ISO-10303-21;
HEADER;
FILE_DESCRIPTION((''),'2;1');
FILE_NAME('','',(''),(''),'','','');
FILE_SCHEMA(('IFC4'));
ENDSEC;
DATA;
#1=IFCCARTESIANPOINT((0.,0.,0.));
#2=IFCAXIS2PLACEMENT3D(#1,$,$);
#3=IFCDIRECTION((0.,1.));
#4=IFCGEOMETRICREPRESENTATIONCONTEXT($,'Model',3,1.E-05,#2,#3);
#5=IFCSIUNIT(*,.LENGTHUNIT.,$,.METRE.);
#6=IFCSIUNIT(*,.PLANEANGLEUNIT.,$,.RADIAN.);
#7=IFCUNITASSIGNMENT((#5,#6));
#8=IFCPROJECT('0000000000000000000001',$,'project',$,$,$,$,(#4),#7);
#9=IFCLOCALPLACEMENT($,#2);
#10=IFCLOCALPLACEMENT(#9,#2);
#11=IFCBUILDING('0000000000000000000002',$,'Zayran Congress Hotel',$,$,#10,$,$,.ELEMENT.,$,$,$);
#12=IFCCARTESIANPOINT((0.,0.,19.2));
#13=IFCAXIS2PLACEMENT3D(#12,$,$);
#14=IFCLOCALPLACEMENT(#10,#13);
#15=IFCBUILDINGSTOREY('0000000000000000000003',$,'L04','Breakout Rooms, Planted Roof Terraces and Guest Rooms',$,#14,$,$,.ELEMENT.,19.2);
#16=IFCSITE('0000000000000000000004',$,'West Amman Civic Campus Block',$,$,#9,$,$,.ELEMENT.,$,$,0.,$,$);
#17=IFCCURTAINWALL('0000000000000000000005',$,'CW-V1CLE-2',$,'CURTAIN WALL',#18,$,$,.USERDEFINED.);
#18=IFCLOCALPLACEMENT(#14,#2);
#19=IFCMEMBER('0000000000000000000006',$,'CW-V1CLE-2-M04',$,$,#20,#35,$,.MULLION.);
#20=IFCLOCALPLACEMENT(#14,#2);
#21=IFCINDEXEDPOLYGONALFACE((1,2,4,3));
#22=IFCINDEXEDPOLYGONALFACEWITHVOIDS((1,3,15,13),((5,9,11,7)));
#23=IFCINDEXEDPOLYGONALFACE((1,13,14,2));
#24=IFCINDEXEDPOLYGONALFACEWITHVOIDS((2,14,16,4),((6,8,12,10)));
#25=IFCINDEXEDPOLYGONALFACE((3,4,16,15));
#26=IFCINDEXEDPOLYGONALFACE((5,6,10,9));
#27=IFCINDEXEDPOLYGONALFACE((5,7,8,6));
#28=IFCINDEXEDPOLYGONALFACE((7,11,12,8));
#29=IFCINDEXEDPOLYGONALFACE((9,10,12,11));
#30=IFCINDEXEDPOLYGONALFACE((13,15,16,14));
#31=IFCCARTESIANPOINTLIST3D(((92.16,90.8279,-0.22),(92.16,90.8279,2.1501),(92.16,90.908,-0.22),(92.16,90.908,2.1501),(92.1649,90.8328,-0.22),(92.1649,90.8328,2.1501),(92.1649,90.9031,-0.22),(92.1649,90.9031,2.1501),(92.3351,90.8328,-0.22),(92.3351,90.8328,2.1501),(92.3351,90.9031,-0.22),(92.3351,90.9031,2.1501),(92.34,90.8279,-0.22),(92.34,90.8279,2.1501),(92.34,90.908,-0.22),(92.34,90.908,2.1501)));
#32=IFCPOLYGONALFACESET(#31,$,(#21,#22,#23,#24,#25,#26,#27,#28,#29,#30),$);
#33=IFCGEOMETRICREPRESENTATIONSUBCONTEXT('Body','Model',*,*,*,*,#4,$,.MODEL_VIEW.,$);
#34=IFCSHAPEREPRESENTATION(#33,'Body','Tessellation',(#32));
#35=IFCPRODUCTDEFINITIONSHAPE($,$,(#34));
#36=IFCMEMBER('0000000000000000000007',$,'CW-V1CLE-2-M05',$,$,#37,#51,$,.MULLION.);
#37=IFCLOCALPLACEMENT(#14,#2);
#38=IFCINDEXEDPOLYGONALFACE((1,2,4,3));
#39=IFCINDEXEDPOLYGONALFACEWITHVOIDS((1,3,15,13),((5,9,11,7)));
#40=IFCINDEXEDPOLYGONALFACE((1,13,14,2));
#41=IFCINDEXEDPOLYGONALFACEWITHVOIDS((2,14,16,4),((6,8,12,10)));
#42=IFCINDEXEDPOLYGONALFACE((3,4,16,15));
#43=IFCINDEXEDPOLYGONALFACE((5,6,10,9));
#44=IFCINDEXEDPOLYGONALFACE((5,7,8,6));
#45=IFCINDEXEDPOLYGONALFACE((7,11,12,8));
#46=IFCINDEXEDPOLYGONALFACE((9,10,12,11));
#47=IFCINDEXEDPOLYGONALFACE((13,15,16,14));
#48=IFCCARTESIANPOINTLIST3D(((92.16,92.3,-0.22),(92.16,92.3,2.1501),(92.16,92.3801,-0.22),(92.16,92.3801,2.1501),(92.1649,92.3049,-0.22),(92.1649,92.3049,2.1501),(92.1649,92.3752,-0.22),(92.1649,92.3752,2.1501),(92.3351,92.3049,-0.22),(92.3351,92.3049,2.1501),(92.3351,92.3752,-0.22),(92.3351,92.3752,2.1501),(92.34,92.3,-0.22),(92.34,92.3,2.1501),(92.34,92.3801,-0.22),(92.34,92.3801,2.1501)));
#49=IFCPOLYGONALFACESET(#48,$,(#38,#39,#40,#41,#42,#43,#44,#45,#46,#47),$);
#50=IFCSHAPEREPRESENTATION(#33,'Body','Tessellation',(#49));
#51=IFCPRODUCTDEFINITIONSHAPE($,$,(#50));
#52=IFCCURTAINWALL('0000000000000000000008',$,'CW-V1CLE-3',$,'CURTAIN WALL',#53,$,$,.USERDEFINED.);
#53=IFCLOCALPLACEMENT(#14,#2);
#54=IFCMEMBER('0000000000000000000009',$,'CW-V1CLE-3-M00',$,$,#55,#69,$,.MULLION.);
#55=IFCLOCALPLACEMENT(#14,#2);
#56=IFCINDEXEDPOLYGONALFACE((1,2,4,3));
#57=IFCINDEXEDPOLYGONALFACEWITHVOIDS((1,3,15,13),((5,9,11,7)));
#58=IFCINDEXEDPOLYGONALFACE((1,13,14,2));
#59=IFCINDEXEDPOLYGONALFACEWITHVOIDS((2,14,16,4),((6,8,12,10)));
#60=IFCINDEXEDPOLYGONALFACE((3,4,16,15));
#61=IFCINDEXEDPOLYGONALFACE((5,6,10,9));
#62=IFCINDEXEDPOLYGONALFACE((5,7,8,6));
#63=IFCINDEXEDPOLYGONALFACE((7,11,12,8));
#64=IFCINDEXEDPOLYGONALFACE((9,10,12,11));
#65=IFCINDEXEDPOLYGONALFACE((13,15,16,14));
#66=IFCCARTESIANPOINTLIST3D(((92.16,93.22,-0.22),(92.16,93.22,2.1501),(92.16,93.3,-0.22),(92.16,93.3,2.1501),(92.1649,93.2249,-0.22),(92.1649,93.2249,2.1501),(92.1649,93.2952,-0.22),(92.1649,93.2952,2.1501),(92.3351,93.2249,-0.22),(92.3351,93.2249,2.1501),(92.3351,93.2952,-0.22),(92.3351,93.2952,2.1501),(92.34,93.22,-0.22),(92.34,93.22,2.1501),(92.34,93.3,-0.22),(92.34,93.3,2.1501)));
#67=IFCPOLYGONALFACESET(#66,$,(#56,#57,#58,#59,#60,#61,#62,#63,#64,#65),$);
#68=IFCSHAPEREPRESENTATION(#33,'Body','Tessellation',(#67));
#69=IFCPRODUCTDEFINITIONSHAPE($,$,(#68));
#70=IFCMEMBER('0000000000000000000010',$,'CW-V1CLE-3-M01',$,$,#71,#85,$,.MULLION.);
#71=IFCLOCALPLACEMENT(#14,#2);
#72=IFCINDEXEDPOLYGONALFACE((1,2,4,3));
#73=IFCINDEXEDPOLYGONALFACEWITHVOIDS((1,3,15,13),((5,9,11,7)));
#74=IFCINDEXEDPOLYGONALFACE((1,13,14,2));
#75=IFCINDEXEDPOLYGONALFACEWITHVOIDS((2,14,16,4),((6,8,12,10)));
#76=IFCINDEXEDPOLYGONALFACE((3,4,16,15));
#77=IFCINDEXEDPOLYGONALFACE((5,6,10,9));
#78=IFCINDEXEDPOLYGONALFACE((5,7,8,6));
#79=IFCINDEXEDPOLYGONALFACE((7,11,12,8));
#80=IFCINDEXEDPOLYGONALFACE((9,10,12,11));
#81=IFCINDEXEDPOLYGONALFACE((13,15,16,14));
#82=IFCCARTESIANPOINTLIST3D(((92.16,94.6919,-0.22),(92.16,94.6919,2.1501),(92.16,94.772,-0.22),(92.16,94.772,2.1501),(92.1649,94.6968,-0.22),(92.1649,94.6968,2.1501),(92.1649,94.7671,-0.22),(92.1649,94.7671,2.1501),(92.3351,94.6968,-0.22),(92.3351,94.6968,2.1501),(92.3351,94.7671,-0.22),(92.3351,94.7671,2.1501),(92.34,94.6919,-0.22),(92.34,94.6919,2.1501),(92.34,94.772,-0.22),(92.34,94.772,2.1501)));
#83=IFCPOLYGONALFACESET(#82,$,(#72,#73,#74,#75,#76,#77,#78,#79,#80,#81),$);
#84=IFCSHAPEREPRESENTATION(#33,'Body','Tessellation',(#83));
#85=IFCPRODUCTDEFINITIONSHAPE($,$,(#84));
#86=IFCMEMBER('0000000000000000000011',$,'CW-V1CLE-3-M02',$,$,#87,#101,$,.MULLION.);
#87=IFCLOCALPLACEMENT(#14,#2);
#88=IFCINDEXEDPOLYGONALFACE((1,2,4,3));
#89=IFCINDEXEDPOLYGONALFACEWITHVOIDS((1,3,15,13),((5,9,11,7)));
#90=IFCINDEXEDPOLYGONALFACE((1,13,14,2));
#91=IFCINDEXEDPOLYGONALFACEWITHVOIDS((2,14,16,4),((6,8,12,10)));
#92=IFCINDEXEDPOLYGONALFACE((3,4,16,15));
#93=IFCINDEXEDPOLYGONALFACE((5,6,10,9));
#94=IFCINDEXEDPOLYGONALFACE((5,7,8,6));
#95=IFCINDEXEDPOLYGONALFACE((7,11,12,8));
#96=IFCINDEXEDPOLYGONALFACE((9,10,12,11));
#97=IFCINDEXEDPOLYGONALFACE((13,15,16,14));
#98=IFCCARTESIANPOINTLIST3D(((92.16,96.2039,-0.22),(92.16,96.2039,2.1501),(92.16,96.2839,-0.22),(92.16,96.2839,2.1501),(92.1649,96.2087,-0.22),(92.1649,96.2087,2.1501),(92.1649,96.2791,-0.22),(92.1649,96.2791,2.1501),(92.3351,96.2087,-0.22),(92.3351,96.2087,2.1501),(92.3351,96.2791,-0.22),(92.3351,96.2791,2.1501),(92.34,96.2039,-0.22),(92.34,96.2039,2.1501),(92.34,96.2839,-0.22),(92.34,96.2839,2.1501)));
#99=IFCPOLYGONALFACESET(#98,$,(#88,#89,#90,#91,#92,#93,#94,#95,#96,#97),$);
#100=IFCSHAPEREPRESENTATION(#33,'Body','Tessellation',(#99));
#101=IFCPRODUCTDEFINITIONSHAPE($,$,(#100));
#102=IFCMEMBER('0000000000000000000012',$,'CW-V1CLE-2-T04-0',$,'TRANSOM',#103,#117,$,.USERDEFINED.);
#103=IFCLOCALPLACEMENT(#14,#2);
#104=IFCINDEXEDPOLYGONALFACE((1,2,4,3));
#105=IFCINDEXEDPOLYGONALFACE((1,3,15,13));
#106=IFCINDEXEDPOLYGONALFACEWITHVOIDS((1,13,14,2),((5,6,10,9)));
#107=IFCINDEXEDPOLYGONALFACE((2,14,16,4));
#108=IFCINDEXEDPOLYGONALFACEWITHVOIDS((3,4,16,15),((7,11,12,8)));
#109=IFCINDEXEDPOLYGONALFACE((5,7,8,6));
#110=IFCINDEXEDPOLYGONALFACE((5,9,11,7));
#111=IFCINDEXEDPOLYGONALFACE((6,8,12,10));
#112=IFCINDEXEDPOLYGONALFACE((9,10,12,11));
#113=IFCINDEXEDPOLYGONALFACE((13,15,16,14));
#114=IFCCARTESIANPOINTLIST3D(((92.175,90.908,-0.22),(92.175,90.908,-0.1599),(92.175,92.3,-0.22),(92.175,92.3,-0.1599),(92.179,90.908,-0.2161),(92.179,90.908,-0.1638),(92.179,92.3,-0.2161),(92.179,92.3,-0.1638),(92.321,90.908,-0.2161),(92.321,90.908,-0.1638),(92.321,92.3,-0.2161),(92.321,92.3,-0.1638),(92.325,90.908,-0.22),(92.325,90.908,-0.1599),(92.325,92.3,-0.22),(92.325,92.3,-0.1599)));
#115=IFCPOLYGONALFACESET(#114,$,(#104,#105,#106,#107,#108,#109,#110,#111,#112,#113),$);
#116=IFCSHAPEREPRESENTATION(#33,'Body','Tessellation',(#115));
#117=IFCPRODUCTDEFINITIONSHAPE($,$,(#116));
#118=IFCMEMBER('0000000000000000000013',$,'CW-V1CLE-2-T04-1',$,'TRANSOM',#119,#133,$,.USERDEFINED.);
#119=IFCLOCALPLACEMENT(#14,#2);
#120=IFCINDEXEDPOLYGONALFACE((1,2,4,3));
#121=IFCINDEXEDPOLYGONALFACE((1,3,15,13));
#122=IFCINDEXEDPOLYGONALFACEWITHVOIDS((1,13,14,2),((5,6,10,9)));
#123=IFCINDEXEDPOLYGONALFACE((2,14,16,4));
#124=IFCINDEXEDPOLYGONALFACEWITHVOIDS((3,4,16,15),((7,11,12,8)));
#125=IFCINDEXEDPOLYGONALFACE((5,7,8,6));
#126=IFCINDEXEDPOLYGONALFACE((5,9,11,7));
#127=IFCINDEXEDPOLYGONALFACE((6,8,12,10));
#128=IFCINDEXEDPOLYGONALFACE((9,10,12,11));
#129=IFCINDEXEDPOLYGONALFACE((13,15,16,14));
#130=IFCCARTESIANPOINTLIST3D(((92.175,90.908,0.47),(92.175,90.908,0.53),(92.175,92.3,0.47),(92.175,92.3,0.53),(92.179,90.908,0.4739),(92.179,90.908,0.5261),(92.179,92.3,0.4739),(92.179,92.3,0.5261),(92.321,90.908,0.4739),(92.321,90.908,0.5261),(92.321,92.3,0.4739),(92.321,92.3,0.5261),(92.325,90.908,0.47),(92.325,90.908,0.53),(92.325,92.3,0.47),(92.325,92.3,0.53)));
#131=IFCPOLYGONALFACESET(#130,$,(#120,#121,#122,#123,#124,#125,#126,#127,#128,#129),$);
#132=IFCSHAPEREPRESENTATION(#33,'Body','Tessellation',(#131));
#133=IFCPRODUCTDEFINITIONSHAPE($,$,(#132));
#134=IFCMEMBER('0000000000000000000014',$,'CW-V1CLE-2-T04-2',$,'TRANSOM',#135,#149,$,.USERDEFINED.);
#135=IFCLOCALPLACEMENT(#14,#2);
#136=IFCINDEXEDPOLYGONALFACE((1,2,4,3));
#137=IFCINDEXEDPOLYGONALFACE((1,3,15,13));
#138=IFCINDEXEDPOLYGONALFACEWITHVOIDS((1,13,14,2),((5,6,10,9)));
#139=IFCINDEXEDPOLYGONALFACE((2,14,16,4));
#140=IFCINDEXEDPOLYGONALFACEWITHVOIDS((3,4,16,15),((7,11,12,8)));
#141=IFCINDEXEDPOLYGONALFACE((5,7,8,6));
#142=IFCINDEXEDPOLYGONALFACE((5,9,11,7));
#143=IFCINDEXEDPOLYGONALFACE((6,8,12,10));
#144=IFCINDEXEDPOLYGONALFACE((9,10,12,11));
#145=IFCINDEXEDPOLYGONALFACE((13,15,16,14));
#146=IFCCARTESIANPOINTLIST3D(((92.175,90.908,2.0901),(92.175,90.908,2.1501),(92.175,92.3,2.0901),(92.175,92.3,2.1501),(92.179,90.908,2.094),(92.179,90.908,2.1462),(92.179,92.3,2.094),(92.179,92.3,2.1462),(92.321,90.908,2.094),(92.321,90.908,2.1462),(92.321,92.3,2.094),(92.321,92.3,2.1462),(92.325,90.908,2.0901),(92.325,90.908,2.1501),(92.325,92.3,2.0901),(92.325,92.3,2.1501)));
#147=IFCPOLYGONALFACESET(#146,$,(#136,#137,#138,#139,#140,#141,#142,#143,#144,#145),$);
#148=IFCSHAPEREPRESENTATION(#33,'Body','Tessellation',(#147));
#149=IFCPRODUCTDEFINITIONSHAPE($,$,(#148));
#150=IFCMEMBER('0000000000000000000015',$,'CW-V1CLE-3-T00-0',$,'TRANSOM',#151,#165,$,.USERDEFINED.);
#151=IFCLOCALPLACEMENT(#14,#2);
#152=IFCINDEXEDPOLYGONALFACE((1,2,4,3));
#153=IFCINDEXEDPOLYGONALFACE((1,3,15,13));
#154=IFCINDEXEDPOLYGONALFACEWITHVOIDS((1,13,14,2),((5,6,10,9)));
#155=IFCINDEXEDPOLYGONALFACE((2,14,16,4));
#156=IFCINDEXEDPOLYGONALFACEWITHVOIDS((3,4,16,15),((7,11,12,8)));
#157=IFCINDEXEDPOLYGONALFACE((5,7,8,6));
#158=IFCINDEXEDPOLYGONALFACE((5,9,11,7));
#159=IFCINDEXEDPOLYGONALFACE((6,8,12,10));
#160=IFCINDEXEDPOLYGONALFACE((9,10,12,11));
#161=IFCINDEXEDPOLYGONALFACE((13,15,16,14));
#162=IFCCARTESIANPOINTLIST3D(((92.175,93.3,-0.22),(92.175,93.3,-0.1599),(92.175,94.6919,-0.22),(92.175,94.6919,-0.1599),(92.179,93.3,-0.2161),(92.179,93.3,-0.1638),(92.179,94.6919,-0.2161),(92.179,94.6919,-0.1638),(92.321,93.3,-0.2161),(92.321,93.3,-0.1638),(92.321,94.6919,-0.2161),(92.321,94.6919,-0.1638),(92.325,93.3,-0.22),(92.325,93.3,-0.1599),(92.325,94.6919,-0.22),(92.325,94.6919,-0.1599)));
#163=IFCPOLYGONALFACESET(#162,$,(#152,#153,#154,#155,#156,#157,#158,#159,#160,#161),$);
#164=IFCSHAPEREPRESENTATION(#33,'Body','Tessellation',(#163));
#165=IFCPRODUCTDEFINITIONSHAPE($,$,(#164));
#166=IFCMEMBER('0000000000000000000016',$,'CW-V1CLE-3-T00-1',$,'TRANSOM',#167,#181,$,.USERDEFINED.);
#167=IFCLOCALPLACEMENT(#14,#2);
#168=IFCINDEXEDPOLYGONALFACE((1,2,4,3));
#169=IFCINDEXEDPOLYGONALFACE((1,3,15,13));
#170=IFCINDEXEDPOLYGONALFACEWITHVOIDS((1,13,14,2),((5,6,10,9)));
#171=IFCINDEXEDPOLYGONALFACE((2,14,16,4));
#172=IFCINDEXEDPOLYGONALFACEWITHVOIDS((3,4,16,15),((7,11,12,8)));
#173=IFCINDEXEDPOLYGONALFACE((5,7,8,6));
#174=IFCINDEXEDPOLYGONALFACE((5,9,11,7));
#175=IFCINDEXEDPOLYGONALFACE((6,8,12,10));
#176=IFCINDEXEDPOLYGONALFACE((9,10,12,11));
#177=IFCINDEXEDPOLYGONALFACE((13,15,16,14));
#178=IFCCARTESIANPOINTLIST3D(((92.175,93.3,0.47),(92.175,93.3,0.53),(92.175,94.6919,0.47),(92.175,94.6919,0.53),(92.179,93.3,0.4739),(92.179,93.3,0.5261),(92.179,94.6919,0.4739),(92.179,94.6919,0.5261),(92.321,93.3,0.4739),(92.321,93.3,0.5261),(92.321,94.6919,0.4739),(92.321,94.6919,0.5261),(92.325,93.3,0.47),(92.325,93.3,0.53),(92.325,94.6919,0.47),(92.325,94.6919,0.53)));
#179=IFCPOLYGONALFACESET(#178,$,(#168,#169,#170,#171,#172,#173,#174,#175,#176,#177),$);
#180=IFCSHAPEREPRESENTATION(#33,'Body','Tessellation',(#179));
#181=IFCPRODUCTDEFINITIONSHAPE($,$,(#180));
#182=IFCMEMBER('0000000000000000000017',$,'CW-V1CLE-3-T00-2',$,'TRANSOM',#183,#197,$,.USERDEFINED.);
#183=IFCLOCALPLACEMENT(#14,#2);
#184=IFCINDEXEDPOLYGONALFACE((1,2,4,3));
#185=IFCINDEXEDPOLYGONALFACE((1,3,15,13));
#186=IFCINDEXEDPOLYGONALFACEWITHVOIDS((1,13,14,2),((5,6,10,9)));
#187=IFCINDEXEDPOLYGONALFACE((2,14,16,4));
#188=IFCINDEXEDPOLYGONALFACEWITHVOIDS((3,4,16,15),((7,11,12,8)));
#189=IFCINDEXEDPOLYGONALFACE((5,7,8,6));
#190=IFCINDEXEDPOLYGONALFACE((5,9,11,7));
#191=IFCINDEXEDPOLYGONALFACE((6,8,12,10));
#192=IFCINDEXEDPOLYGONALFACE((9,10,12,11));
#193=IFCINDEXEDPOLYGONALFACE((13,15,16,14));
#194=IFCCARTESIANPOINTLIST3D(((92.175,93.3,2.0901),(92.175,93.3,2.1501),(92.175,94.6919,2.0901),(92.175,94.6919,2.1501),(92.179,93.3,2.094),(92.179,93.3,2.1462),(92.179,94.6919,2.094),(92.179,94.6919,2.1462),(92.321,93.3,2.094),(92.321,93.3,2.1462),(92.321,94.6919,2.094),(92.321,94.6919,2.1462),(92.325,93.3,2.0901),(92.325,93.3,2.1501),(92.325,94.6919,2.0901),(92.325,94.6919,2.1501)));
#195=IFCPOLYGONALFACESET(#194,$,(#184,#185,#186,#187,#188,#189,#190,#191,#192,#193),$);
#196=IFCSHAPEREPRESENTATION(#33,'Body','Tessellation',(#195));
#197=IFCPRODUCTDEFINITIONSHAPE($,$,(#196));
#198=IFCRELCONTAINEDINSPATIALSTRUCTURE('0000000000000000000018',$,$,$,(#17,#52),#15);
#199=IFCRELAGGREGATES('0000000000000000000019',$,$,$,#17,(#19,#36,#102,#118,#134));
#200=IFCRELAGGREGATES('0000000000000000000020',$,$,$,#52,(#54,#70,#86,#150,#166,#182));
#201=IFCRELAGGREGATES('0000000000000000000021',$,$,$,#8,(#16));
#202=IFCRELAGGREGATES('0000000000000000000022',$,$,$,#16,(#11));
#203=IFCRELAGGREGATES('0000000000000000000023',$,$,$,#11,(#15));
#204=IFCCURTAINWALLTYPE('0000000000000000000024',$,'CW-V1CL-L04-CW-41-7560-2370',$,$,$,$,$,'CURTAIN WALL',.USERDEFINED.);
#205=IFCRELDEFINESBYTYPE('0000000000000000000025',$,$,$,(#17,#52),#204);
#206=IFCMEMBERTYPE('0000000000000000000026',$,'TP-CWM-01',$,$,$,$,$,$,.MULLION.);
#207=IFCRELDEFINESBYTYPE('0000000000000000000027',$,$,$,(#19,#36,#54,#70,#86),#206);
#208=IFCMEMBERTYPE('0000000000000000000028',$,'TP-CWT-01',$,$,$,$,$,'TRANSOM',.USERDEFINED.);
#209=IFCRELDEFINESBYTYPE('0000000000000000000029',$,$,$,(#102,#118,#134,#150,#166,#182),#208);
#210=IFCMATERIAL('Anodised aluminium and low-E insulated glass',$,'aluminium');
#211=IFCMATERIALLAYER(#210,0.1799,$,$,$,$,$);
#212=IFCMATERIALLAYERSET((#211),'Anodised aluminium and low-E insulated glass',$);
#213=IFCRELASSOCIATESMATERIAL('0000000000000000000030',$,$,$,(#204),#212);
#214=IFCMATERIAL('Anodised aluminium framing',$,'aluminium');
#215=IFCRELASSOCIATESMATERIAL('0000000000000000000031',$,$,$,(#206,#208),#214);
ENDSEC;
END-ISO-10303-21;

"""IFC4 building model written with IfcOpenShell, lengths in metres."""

from ifc_helpers import new_model, si_unit, direction, frame, origin, origin_2d, place, context, subcontext, project, spatial, hollow_rectangle, extrude, material, layer, layer_set, material_profile, profile_set, type_object, element, aggregate, save


model = new_model("IFC4")

# Units and contexts
model_context = context("Model", 3, precision=1e-05, world=origin(), true_north=direction((0.0, 1.0)))
body_context = subcontext(model_context, "Body", "Model", "MODEL_VIEW")
ifc_project = project(units=[si_unit("LENGTHUNIT", "METRE"), si_unit("PLANEANGLEUNIT", "RADIAN")], contexts=[model_context])

# Site, building, storey
site_placement = place(None, origin())
site = spatial("IfcSite", under=ifc_project, at=site_placement, Name="West Amman Civic Campus Block", CompositionType="ELEMENT", RefElevation=0.0)
building_placement = place(site_placement, origin())
building = spatial("IfcBuilding", under=site, at=building_placement, Name="Zayran Congress Hotel", CompositionType="ELEMENT")
storey_placement = place(building_placement, frame((0.0, 0.0, 19.2)))
storey = spatial("IfcBuildingStorey", under=building, at=storey_placement, Name="L04", Description="Breakout Rooms, Planted Roof Terraces and Guest Rooms", CompositionType="ELEMENT", Elevation=19.2)

# Curtain walls, members
ifc_material_1 = material(Name="Anodised aluminium and low-E insulated glass", Category="aluminium")
ifc_layer_1 = layer(ifc_material_1, 0.1799)
ifc_layer_set_1 = layer_set([ifc_layer_1], Name="Anodised aluminium and low-E insulated glass")
curtain_wall_type = type_object("IfcCurtainWallType", Name="CW-V1CL-L04-CW-41-7560-2370", ElementType="CURTAIN WALL", PredefinedType="USERDEFINED", material=ifc_layer_set_1)
curtain_wall_1_placement = place(storey_placement, origin())
curtain_wall_1 = element("IfcCurtainWall", 1, at=curtain_wall_1_placement, inside=storey, type_object=curtain_wall_type, Name="CW-V1CLE-2", ObjectType="CURTAIN WALL", PredefinedType="USERDEFINED")
ifc_material_2 = material(Name="Anodised aluminium framing", Category="aluminium")
ifc_material_profile_1 = material_profile(ifc_material_2, hollow_rectangle(XDim=0.0801, YDim=0.1799, WallThickness=0.0049, at=origin_2d()), Name="RHS 180x80x5")
ifc_profile_set_1 = profile_set([ifc_material_profile_1], Name="Anodised aluminium framing")
member_type_1 = type_object("IfcMemberType", Name="TP-CWM-01", PredefinedType="MULLION", material=ifc_profile_set_1)
member_1_placement = place(storey_placement, frame((92.25, 90.8679, -0.22), z_axis=(0.0, 0.0, 1.0), x_axis=(0.0, 1.0, 0.0)))
member_1 = element("IfcMember", 2, at=member_1_placement, type_object=member_type_1, Name="CW-V1CLE-2-M04", PredefinedType="MULLION", context=body_context, shape_type="SweptSolid", body=[
    extrude(hollow_rectangle(XDim=0.0801, YDim=0.1799, WallThickness=0.0049, at=origin_2d()), origin(), (0.0, 0.0, 1.0), 2.3701),
])
member_2_placement = place(storey_placement, frame((92.25, 92.3401, -0.22), z_axis=(0.0, 0.0, 1.0), x_axis=(0.0, 1.0, 0.0)))
member_2 = element("IfcMember", 3, at=member_2_placement, type_object=member_type_1, Name="CW-V1CLE-2-M05", PredefinedType="MULLION", context=body_context, shape_type="SweptSolid", body=[
    extrude(hollow_rectangle(XDim=0.0801, YDim=0.1799, WallThickness=0.0049, at=origin_2d()), origin(), (0.0, 0.0, 1.0), 2.3701),
])
curtain_wall_2_placement = place(storey_placement, origin())
curtain_wall_2 = element("IfcCurtainWall", 4, at=curtain_wall_2_placement, inside=storey, type_object=curtain_wall_type, Name="CW-V1CLE-3", ObjectType="CURTAIN WALL", PredefinedType="USERDEFINED")
member_3_placement = place(storey_placement, frame((92.25, 93.26, -0.22), z_axis=(0.0, 0.0, 1.0), x_axis=(0.0, 1.0, 0.0)))
member_3 = element("IfcMember", 5, at=member_3_placement, type_object=member_type_1, Name="CW-V1CLE-3-M00", PredefinedType="MULLION", context=body_context, shape_type="SweptSolid", body=[
    extrude(hollow_rectangle(XDim=0.0801, YDim=0.1799, WallThickness=0.0049, at=origin_2d()), origin(), (0.0, 0.0, 1.0), 2.3701),
])
member_4_placement = place(storey_placement, frame((92.25, 94.7319, -0.22), z_axis=(0.0, 0.0, 1.0), x_axis=(0.0, 1.0, 0.0)))
member_4 = element("IfcMember", 6, at=member_4_placement, type_object=member_type_1, Name="CW-V1CLE-3-M01", PredefinedType="MULLION", context=body_context, shape_type="SweptSolid", body=[
    extrude(hollow_rectangle(XDim=0.0801, YDim=0.1799, WallThickness=0.0049, at=origin_2d()), origin(), (0.0, 0.0, 1.0), 2.3701),
])
member_5_placement = place(storey_placement, frame((92.25, 96.2439, -0.22), z_axis=(0.0, 0.0, 1.0), x_axis=(0.0, 1.0, 0.0)))
member_5 = element("IfcMember", 7, at=member_5_placement, type_object=member_type_1, Name="CW-V1CLE-3-M02", PredefinedType="MULLION", context=body_context, shape_type="SweptSolid", body=[
    extrude(hollow_rectangle(XDim=0.0801, YDim=0.1799, WallThickness=0.0049, at=origin_2d()), origin(), (0.0, 0.0, 1.0), 2.3701),
])

# Members
ifc_material_profile_2 = material_profile(ifc_material_2, hollow_rectangle(XDim=0.0601, YDim=0.1499, WallThickness=0.0039, at=origin_2d()), Name="RHS 150x60x4")
ifc_profile_set_2 = profile_set([ifc_material_profile_2], Name="Anodised aluminium framing")
member_type_2 = type_object("IfcMemberType", Name="TP-CWT-01", ElementType="TRANSOM", PredefinedType="USERDEFINED", material=ifc_profile_set_2)
member_6_placement = place(storey_placement, frame((92.25, 90.908, -0.1899), z_axis=(0.0, 1.0, 0.0), x_axis=(0.0, 0.0, 1.0)))
member_6 = element("IfcMember", 8, at=member_6_placement, type_object=member_type_2, Name="CW-V1CLE-2-T04-0", ObjectType="TRANSOM", PredefinedType="USERDEFINED", context=body_context, shape_type="SweptSolid", body=[
    extrude(hollow_rectangle(XDim=0.0601, YDim=0.1499, WallThickness=0.0039, at=origin_2d()), origin(), (0.0, 0.0, 1.0), 1.3921),
])
member_7_placement = place(storey_placement, frame((92.25, 90.908, 0.5), z_axis=(0.0, 1.0, 0.0), x_axis=(0.0, 0.0, 1.0)))
member_7 = element("IfcMember", 9, at=member_7_placement, type_object=member_type_2, Name="CW-V1CLE-2-T04-1", ObjectType="TRANSOM", PredefinedType="USERDEFINED", context=body_context, shape_type="SweptSolid", body=[
    extrude(hollow_rectangle(XDim=0.0601, YDim=0.1499, WallThickness=0.0039, at=origin_2d()), origin(), (0.0, 0.0, 1.0), 1.3921),
])
member_8_placement = place(storey_placement, frame((92.25, 90.908, 2.1201), z_axis=(0.0, 1.0, 0.0), x_axis=(0.0, 0.0, 1.0)))
member_8 = element("IfcMember", 10, at=member_8_placement, type_object=member_type_2, Name="CW-V1CLE-2-T04-2", ObjectType="TRANSOM", PredefinedType="USERDEFINED", context=body_context, shape_type="SweptSolid", body=[
    extrude(hollow_rectangle(XDim=0.0601, YDim=0.1499, WallThickness=0.0039, at=origin_2d()), origin(), (0.0, 0.0, 1.0), 1.3921),
])
member_9_placement = place(storey_placement, frame((92.25, 93.3, -0.1899), z_axis=(0.0, 1.0, 0.0), x_axis=(0.0, 0.0, 1.0)))
member_9 = element("IfcMember", 11, at=member_9_placement, type_object=member_type_2, Name="CW-V1CLE-3-T00-0", ObjectType="TRANSOM", PredefinedType="USERDEFINED", context=body_context, shape_type="SweptSolid", body=[
    extrude(hollow_rectangle(XDim=0.0601, YDim=0.1499, WallThickness=0.0039, at=origin_2d()), origin(), (0.0, 0.0, 1.0), 1.3918),
])
member_10_placement = place(storey_placement, frame((92.25, 93.3, 0.5), z_axis=(0.0, 1.0, 0.0), x_axis=(0.0, 0.0, 1.0)))
member_10 = element("IfcMember", 12, at=member_10_placement, type_object=member_type_2, Name="CW-V1CLE-3-T00-1", ObjectType="TRANSOM", PredefinedType="USERDEFINED", context=body_context, shape_type="SweptSolid", body=[
    extrude(hollow_rectangle(XDim=0.0601, YDim=0.1499, WallThickness=0.0039, at=origin_2d()), origin(), (0.0, 0.0, 1.0), 1.3918),
])
member_11_placement = place(storey_placement, frame((92.25, 93.3, 2.1201), z_axis=(0.0, 1.0, 0.0), x_axis=(0.0, 0.0, 1.0)))
member_11 = element("IfcMember", 13, at=member_11_placement, type_object=member_type_2, Name="CW-V1CLE-3-T00-2", ObjectType="TRANSOM", PredefinedType="USERDEFINED", context=body_context, shape_type="SweptSolid", body=[
    extrude(hollow_rectangle(XDim=0.0601, YDim=0.1499, WallThickness=0.0039, at=origin_2d()), origin(), (0.0, 0.0, 1.0), 1.3918),
])

aggregate(curtain_wall_1, [member_1, member_2, member_6, member_7, member_8])
aggregate(curtain_wall_2, [member_3, member_4, member_5, member_9, member_10, member_11])

save(model, "model.ifc")
